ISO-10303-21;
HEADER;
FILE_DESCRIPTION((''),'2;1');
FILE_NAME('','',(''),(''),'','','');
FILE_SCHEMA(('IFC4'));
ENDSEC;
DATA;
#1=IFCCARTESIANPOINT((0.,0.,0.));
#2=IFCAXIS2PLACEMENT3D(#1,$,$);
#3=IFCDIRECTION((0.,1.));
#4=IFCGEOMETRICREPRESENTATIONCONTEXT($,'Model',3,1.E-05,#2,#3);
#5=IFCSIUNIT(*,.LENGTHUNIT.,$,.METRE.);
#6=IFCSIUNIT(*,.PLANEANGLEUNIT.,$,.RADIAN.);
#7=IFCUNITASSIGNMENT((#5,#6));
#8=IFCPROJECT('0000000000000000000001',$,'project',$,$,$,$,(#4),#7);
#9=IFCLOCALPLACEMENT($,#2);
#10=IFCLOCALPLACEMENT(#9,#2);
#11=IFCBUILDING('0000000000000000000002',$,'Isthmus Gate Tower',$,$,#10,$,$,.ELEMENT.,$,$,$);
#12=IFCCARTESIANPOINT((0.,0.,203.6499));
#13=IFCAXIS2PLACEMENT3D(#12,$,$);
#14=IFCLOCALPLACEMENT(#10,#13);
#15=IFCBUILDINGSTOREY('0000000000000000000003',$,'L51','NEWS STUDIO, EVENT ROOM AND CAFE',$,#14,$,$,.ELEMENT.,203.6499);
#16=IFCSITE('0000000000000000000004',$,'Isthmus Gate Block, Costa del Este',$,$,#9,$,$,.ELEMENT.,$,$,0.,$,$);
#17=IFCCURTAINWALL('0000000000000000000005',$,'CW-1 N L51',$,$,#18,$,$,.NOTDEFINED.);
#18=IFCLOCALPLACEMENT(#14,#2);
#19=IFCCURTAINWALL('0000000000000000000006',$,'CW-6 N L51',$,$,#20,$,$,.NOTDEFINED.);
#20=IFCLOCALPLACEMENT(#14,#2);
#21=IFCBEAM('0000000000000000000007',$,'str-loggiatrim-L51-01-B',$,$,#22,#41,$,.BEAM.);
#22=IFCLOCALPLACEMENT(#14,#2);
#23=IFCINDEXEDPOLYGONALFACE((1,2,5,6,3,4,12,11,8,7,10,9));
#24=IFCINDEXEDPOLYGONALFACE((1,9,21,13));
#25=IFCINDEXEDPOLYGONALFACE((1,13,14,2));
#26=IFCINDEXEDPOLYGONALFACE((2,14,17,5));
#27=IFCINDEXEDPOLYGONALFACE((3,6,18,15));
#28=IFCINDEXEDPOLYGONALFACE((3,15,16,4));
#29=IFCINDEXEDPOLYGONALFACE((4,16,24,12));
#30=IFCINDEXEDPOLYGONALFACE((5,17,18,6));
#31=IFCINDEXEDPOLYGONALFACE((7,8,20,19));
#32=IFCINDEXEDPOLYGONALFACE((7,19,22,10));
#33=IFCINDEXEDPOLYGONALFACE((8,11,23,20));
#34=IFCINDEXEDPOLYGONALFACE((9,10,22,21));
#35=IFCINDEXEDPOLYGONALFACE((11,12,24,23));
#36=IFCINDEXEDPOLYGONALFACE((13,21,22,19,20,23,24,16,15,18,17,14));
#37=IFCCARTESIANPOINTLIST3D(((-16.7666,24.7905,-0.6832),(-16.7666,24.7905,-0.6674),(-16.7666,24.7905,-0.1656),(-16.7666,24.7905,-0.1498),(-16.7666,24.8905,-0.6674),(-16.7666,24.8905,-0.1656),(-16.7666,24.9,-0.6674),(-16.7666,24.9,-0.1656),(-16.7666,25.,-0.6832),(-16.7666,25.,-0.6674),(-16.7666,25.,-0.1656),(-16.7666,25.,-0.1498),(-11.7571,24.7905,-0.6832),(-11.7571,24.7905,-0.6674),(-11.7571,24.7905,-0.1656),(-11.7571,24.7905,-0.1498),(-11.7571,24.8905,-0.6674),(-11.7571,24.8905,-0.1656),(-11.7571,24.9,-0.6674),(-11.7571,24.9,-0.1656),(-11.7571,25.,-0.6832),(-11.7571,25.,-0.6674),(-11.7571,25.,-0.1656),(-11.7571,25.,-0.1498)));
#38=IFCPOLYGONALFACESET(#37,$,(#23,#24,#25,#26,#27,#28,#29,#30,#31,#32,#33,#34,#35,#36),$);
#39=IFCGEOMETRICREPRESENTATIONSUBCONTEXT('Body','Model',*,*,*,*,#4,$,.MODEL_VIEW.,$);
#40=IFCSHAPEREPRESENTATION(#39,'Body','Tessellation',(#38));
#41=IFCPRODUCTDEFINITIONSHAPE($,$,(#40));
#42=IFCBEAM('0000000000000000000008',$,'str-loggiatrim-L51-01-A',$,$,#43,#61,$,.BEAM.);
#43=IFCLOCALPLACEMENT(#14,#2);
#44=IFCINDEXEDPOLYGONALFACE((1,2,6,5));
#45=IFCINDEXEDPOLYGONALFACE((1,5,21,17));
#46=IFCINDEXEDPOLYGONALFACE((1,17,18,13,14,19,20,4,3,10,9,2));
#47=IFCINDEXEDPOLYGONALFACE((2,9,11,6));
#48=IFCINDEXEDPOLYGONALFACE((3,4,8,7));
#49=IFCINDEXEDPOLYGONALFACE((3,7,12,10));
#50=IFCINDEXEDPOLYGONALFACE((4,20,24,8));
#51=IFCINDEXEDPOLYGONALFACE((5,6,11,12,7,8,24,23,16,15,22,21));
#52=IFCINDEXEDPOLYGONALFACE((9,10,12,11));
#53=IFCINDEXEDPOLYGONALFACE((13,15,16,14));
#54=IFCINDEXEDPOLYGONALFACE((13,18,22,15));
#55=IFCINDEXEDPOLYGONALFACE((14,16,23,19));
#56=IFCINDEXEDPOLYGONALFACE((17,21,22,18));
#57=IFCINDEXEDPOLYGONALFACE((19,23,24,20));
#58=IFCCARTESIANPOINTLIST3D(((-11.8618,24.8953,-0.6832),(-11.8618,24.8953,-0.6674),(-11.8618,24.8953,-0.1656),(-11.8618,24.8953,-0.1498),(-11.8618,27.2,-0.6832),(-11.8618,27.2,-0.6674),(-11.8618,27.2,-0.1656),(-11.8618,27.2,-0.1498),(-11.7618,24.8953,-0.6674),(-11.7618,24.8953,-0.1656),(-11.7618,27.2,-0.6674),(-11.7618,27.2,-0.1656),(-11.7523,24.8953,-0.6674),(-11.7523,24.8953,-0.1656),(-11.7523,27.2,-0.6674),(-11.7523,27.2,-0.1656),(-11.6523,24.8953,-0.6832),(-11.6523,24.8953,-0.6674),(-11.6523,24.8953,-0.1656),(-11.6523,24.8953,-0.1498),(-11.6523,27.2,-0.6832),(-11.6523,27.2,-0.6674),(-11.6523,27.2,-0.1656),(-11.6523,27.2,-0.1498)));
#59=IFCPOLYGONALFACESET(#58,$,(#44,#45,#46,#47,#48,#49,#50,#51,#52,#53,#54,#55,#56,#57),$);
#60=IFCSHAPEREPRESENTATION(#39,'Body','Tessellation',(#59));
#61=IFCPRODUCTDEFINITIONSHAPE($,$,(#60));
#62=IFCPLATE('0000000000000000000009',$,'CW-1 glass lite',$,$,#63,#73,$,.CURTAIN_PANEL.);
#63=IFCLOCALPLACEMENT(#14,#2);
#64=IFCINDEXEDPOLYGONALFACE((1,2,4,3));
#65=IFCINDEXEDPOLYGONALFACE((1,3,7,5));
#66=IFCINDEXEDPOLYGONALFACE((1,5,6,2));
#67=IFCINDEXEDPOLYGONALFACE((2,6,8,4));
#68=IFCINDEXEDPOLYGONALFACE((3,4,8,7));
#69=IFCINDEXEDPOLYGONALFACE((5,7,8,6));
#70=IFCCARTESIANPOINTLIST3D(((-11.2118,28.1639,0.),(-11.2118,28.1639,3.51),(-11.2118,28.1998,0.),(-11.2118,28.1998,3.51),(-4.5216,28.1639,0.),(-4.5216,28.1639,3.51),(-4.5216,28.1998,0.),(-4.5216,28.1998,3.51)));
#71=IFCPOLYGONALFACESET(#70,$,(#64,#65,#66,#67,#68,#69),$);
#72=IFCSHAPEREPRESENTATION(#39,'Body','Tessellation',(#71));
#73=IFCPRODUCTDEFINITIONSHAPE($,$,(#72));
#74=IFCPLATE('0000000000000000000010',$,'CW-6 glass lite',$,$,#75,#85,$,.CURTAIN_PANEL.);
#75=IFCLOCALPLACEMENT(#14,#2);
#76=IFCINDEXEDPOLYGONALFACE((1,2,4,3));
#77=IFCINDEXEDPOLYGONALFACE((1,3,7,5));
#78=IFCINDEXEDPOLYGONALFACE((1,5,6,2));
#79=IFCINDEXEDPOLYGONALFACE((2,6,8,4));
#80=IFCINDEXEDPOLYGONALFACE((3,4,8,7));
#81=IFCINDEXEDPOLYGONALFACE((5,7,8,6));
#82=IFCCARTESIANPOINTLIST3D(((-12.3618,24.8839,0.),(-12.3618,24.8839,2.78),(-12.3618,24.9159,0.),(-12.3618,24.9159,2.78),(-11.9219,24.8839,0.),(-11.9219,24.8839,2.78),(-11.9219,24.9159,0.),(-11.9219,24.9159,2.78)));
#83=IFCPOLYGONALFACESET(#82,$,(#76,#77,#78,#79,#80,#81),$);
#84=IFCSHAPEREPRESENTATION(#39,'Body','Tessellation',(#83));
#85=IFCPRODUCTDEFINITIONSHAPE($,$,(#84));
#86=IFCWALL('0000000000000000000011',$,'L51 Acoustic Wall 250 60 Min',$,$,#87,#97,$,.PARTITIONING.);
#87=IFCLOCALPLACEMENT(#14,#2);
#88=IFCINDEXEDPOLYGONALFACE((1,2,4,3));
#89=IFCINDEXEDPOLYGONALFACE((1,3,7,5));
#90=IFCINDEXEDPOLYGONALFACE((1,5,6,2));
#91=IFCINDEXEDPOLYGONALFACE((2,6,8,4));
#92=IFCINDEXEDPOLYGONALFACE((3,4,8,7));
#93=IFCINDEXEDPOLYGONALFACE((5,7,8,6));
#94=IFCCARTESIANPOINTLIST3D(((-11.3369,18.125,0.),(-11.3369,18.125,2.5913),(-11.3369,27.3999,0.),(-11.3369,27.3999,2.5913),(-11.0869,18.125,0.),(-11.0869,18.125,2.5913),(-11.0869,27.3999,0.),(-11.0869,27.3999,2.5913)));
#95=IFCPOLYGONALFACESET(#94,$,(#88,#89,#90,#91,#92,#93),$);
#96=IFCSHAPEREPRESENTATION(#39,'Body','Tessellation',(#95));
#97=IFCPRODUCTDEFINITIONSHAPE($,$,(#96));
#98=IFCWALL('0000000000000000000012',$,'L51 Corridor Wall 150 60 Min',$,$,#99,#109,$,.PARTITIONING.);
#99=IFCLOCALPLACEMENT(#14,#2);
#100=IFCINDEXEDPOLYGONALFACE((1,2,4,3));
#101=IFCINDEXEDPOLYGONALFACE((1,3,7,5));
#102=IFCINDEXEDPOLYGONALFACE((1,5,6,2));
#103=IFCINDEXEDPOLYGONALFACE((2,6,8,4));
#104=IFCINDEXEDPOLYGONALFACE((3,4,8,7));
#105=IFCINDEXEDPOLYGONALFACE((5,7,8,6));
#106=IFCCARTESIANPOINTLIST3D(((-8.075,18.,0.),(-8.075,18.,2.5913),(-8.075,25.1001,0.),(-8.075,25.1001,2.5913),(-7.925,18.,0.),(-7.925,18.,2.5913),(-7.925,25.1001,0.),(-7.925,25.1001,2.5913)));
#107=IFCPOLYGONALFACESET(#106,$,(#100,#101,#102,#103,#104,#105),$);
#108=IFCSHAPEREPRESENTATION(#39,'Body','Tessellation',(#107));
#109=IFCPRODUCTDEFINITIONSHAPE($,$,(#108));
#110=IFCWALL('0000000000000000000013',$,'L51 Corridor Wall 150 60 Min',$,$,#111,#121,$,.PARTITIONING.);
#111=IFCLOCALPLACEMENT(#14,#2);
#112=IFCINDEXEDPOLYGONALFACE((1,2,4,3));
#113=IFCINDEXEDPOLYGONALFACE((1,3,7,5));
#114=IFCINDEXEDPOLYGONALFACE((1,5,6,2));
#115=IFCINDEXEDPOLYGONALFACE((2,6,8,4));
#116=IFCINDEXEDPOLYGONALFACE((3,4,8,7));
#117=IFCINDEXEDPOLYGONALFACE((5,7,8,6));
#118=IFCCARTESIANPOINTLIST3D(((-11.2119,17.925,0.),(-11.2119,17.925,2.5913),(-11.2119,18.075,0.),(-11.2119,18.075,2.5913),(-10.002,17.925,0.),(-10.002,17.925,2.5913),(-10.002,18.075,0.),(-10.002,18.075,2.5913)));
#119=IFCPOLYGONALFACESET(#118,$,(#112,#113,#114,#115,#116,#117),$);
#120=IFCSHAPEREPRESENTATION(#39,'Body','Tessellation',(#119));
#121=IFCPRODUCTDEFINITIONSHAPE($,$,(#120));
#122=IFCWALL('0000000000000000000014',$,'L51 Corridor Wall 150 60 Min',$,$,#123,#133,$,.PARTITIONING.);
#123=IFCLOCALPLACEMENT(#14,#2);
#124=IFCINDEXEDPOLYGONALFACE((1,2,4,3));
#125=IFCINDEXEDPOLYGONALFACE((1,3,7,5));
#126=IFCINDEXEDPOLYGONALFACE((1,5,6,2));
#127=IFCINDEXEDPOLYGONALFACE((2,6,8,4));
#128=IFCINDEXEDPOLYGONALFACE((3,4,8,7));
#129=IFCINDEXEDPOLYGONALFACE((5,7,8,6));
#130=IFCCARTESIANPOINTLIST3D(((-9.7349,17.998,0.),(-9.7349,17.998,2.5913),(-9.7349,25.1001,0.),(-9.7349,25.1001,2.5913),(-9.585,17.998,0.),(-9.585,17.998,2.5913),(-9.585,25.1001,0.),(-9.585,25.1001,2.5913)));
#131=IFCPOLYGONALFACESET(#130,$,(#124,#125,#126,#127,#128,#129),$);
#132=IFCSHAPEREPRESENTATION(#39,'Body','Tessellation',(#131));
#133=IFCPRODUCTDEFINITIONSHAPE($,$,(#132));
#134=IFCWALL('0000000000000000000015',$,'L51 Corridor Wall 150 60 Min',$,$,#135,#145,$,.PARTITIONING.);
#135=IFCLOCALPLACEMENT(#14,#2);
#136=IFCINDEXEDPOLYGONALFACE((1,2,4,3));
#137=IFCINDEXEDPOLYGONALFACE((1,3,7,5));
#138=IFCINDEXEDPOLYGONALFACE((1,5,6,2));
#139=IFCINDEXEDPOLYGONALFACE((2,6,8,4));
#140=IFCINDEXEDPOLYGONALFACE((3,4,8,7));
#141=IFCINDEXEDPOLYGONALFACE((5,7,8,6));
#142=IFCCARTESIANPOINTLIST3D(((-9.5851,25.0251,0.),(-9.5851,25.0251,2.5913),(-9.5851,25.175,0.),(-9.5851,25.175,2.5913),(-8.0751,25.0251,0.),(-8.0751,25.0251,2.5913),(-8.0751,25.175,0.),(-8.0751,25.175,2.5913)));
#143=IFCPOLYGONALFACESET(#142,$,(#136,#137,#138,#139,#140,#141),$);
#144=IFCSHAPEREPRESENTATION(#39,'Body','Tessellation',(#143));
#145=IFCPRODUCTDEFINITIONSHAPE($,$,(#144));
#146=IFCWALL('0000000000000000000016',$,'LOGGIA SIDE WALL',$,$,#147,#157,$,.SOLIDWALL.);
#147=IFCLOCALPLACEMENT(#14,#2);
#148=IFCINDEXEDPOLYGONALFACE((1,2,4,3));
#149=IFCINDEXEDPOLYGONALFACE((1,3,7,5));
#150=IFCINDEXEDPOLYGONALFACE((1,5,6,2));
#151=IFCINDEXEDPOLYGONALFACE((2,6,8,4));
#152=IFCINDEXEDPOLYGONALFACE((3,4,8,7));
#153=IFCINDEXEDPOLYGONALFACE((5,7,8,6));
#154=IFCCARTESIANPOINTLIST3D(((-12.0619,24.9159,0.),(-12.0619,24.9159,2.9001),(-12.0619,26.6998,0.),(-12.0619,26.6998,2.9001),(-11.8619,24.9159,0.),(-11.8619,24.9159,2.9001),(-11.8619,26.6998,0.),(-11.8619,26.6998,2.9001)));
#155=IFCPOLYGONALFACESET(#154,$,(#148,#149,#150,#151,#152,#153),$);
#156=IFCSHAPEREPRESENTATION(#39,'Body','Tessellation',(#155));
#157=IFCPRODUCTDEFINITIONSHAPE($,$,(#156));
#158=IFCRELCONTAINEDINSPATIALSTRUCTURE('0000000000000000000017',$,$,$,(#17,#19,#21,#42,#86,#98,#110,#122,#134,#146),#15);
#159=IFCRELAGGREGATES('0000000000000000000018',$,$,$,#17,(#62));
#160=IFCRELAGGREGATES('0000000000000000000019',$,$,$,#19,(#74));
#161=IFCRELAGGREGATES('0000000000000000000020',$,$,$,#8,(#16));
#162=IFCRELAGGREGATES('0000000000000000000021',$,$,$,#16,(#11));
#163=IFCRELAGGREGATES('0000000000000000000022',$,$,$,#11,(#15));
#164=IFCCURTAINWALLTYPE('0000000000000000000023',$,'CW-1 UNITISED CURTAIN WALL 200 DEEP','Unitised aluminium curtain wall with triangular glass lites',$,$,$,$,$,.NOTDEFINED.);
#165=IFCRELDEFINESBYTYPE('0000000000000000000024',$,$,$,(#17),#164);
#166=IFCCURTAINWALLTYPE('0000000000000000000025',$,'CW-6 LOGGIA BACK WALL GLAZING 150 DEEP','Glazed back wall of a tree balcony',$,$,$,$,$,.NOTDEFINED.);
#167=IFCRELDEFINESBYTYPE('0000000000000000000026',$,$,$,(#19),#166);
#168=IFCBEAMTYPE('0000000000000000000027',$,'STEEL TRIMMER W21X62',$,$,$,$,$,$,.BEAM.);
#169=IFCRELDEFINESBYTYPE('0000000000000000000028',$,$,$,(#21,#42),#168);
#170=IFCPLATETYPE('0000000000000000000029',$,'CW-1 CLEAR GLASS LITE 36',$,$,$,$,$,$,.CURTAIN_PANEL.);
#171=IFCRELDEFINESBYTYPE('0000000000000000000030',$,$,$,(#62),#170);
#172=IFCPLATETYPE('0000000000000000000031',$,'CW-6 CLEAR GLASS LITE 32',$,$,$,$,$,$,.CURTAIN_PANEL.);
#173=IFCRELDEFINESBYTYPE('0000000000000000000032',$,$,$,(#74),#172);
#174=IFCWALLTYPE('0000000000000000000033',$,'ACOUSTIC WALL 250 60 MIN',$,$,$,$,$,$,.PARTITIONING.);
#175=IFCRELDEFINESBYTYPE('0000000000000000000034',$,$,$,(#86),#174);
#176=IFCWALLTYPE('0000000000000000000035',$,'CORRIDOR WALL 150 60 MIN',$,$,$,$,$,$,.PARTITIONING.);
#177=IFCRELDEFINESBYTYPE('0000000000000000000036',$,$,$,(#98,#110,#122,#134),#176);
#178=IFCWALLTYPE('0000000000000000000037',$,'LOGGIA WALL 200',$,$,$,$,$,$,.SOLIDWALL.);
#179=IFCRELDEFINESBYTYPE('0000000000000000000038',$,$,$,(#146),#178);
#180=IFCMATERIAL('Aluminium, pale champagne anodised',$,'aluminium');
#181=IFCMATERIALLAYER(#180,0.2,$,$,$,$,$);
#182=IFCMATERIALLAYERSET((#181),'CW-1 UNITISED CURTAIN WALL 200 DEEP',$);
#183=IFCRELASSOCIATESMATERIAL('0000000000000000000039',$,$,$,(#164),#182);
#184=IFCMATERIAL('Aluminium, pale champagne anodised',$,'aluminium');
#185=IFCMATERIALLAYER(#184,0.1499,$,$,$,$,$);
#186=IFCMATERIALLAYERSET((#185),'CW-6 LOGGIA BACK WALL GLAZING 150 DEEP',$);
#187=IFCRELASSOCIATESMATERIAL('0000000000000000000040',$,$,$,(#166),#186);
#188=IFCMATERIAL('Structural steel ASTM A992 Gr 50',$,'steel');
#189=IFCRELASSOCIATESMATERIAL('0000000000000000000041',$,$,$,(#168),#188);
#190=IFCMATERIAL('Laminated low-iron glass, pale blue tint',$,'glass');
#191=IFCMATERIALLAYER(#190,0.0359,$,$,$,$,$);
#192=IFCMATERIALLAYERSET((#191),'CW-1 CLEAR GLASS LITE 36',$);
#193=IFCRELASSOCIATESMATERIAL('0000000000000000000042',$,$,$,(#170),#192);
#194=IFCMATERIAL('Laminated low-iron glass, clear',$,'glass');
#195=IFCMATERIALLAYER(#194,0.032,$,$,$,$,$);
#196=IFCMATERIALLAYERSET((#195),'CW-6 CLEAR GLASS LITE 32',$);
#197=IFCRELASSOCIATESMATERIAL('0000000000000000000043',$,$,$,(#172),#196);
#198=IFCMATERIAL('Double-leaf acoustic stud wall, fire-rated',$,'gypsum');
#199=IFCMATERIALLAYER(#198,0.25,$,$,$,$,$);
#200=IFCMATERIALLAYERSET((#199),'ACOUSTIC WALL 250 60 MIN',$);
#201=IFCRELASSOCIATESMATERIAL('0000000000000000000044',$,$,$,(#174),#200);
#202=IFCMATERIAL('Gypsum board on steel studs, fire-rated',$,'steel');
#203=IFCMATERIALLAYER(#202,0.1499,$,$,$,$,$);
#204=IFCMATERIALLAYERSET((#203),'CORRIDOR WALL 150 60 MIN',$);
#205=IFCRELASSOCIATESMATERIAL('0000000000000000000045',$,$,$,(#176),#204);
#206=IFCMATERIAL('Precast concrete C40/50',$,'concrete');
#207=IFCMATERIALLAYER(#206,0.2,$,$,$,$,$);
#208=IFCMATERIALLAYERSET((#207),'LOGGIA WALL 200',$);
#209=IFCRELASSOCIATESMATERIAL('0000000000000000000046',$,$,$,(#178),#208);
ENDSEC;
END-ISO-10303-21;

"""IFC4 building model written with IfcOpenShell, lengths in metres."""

from ifc_helpers import new_model, si_unit, direction, frame, frame_2d, origin, origin_2d, place, context, subcontext, project, spatial, rectangle, i_section, extrude, material, layer, layer_set, material_profile, profile_set, type_object, element, aggregate, save


model = new_model("IFC4")

# Units and contexts
model_context = context("Model", 3, precision=1e-05, world=origin(), true_north=direction((0.0, 1.0)))
body_context = subcontext(model_context, "Body", "Model", "MODEL_VIEW")
ifc_project = project(units=[si_unit("LENGTHUNIT", "METRE"), si_unit("PLANEANGLEUNIT", "RADIAN")], contexts=[model_context])

# Site, building, storey
site_placement = place(None, origin())
site = spatial("IfcSite", under=ifc_project, at=site_placement, Name="Isthmus Gate Block, Costa del Este", CompositionType="ELEMENT", RefElevation=0.0)
building_placement = place(site_placement, origin())
building = spatial("IfcBuilding", under=site, at=building_placement, Name="Isthmus Gate Tower", CompositionType="ELEMENT")
storey_placement = place(building_placement, frame((0.0, 0.0, 203.6499)))
storey = spatial("IfcBuildingStorey", under=building, at=storey_placement, Name="L51", Description="NEWS STUDIO, EVENT ROOM AND CAFE", CompositionType="ELEMENT", Elevation=203.6499)

# Curtain walls
ifc_material_1 = material(Name="Aluminium, pale champagne anodised", Category="aluminium")
ifc_layer_1 = layer(ifc_material_1, 0.2)
ifc_layer_set_1 = layer_set([ifc_layer_1], Name="CW-1 UNITISED CURTAIN WALL 200 DEEP")
curtain_wall_type_1 = type_object("IfcCurtainWallType", Name="CW-1 UNITISED CURTAIN WALL 200 DEEP", Description="Unitised aluminium curtain wall with triangular glass lites", PredefinedType="NOTDEFINED", material=ifc_layer_set_1)
curtain_wall_1_placement = place(storey_placement, origin())
curtain_wall_1 = element("IfcCurtainWall", 1, at=curtain_wall_1_placement, inside=storey, type_object=curtain_wall_type_1, Name="CW-1 N L51", PredefinedType="NOTDEFINED")
ifc_material_2 = material(Name="Aluminium, pale champagne anodised", Category="aluminium")
ifc_layer_2 = layer(ifc_material_2, 0.1499)
ifc_layer_set_2 = layer_set([ifc_layer_2], Name="CW-6 LOGGIA BACK WALL GLAZING 150 DEEP")
curtain_wall_type_2 = type_object("IfcCurtainWallType", Name="CW-6 LOGGIA BACK WALL GLAZING 150 DEEP", Description="Glazed back wall of a tree balcony", PredefinedType="NOTDEFINED", material=ifc_layer_set_2)
curtain_wall_2_placement = place(storey_placement, origin())
curtain_wall_2 = element("IfcCurtainWall", 2, at=curtain_wall_2_placement, inside=storey, type_object=curtain_wall_type_2, Name="CW-6 N L51", PredefinedType="NOTDEFINED")

# Beams
ifc_material_3 = material(Name="Structural steel ASTM A992 Gr 50", Category="steel")
ifc_material_profile_1 = material_profile(ifc_material_3, i_section(OverallWidth=0.2095, OverallDepth=0.5334, WebThickness=0.0095, FlangeThickness=0.0159, at=origin_2d()), Name="W21X62")
ifc_profile_set_1 = profile_set([ifc_material_profile_1], Name="Structural steel ASTM A992 Gr 50")
beam_type_1 = type_object("IfcBeamType", Name="STEEL TRIMMER W21X62", PredefinedType="BEAM", material=ifc_profile_set_1)
beam_1_placement = place(storey_placement, frame((-11.7571, 24.8953, -0.4165), z_axis=(-1.0, 0.0, 0.0), x_axis=(0.0, -1.0, 0.0)))
element("IfcBeam", 3, at=beam_1_placement, inside=storey, type_object=beam_type_1, Name="str-loggiatrim-L51-01-B", PredefinedType="BEAM", context=body_context, shape_type="SweptSolid", body=[
    extrude(i_section(OverallWidth=0.2095, OverallDepth=0.5334, WebThickness=0.0095, FlangeThickness=0.0159, at=origin_2d()), origin(), (0.0, 0.0, 1.0), 5.0095),
])
beam_2_placement = place(storey_placement, frame((-11.7571, 27.2, -0.4165), z_axis=(0.0, -1.0, 0.0), x_axis=(1.0, 0.0, 0.0)))
element("IfcBeam", 4, at=beam_2_placement, inside=storey, type_object=beam_type_1, Name="str-loggiatrim-L51-01-A", PredefinedType="BEAM", context=body_context, shape_type="SweptSolid", body=[
    extrude(i_section(OverallWidth=0.2095, OverallDepth=0.5334, WebThickness=0.0095, FlangeThickness=0.0159, at=origin_2d()), origin(), (0.0, 0.0, 1.0), 2.3047),
])

# Plates
ifc_material_4 = material(Name="Laminated low-iron glass, pale blue tint", Category="glass")
ifc_layer_3 = layer(ifc_material_4, 0.0359)
ifc_layer_set_3 = layer_set([ifc_layer_3], Name="CW-1 CLEAR GLASS LITE 36")
plate_type_1 = type_object("IfcPlateType", Name="CW-1 CLEAR GLASS LITE 36", PredefinedType="CURTAIN_PANEL", material=ifc_layer_set_3)
plate_1_placement = place(storey_placement, frame((-7.8667, 28.1819, 0.0), z_axis=(0.0, 0.0, 1.0), x_axis=(-1.0, 0.0, 0.0)))
plate_1 = element("IfcPlate", 5, at=plate_1_placement, type_object=plate_type_1, Name="CW-1 glass lite", PredefinedType="CURTAIN_PANEL", context=body_context, shape_type="SweptSolid", body=[
    extrude(rectangle(XDim=6.6902, YDim=0.0359, at=origin_2d()), origin(), (0.0, 0.0, 1.0), 3.51),
])
aggregate(curtain_wall_1, [plate_1])
ifc_material_5 = material(Name="Laminated low-iron glass, clear", Category="glass")
ifc_layer_4 = layer(ifc_material_5, 0.032)
ifc_layer_set_4 = layer_set([ifc_layer_4], Name="CW-6 CLEAR GLASS LITE 32")
plate_type_2 = type_object("IfcPlateType", Name="CW-6 CLEAR GLASS LITE 32", PredefinedType="CURTAIN_PANEL", material=ifc_layer_set_4)
plate_2_placement = place(storey_placement, frame((-12.1418, 24.8999, 0.0), z_axis=(0.0, 0.0, 1.0), x_axis=(-1.0, 0.0, 0.0)))
plate_2 = element("IfcPlate", 6, at=plate_2_placement, type_object=plate_type_2, Name="CW-6 glass lite", PredefinedType="CURTAIN_PANEL", context=body_context, shape_type="SweptSolid", body=[
    extrude(rectangle(XDim=0.4399, YDim=0.032, at=origin_2d()), origin(), (0.0, 0.0, 1.0), 2.78),
])
aggregate(curtain_wall_2, [plate_2])

# Walls
ifc_material_6 = material(Name="Double-leaf acoustic stud wall, fire-rated", Category="gypsum")
ifc_layer_5 = layer(ifc_material_6, 0.25)
ifc_layer_set_5 = layer_set([ifc_layer_5], Name="ACOUSTIC WALL 250 60 MIN")
wall_type_1 = type_object("IfcWallType", Name="ACOUSTIC WALL 250 60 MIN", PredefinedType="PARTITIONING", material=ifc_layer_set_5)
wall_1_placement = place(storey_placement, frame((-11.2119, 18.125, 0.0), z_axis=(0.0, 0.0, 1.0), x_axis=(0.0, 1.0, 0.0)))
element("IfcWall", 7, at=wall_1_placement, inside=storey, type_object=wall_type_1, Name="L51 Acoustic Wall 250 60 Min", PredefinedType="PARTITIONING", context=body_context, shape_type="SweptSolid", body=[
    extrude(rectangle(XDim=9.2749, YDim=0.25, at=frame_2d((4.6375, 0.0))), origin(), (0.0, 0.0, 1.0), 2.5913),
])
ifc_material_7 = material(Name="Gypsum board on steel studs, fire-rated", Category="steel")
ifc_layer_6 = layer(ifc_material_7, 0.1499)
ifc_layer_set_6 = layer_set([ifc_layer_6], Name="CORRIDOR WALL 150 60 MIN")
wall_type_2 = type_object("IfcWallType", Name="CORRIDOR WALL 150 60 MIN", PredefinedType="PARTITIONING", material=ifc_layer_set_6)
wall_2_placement = place(storey_placement, frame((-8.0, 25.1001, 0.0), z_axis=(0.0, 0.0, 1.0), x_axis=(0.0, -1.0, 0.0)))
element("IfcWall", 8, at=wall_2_placement, inside=storey, type_object=wall_type_2, Name="L51 Corridor Wall 150 60 Min", PredefinedType="PARTITIONING", context=body_context, shape_type="SweptSolid", body=[
    extrude(rectangle(XDim=7.1001, YDim=0.1499, at=frame_2d((3.55, 0.0))), origin(), (0.0, 0.0, 1.0), 2.5913),
])
wall_3_placement = place(storey_placement, frame((-11.2119, 18.0, 0.0), z_axis=(0.0, 0.0, 1.0), x_axis=(1.0, 0.0, 0.0)))
element("IfcWall", 9, at=wall_3_placement, inside=storey, type_object=wall_type_2, Name="L51 Corridor Wall 150 60 Min", PredefinedType="PARTITIONING", context=body_context, shape_type="SweptSolid", body=[
    extrude(rectangle(XDim=1.21, YDim=0.1499, at=frame_2d((0.605, 0.0))), origin(), (0.0, 0.0, 1.0), 2.5913),
])
wall_4_placement = place(storey_placement, frame((-9.6599, 17.998, 0.0), z_axis=(0.0, 0.0, 1.0), x_axis=(0.0, 1.0, 0.0)))
element("IfcWall", 10, at=wall_4_placement, inside=storey, type_object=wall_type_2, Name="L51 Corridor Wall 150 60 Min", PredefinedType="PARTITIONING", context=body_context, shape_type="SweptSolid", body=[
    extrude(rectangle(XDim=7.1021, YDim=0.1499, at=frame_2d((3.551, 0.0))), origin(), (0.0, 0.0, 1.0), 2.5913),
])
wall_5_placement = place(storey_placement, frame((-9.585, 25.1001, 0.0), z_axis=(0.0, 0.0, 1.0), x_axis=(1.0, 0.0, 0.0)))
element("IfcWall", 11, at=wall_5_placement, inside=storey, type_object=wall_type_2, Name="L51 Corridor Wall 150 60 Min", PredefinedType="PARTITIONING", context=body_context, shape_type="SweptSolid", body=[
    extrude(rectangle(XDim=1.51, YDim=0.1499, at=frame_2d((0.7549, 0.0))), origin(), (0.0, 0.0, 1.0), 2.5913),
])

# Shared definitions
ifc_material_8 = material(Name="Precast concrete C40/50", Category="concrete")
ifc_layer_7 = layer(ifc_material_8, 0.2)
ifc_layer_set_7 = layer_set([ifc_layer_7], Name="LOGGIA WALL 200")
wall_type_3 = type_object("IfcWallType", Name="LOGGIA WALL 200", PredefinedType="SOLIDWALL", material=ifc_layer_set_7)

# Wall
wall_6_placement = place(storey_placement, frame((-11.9619, 26.7, 0.0), z_axis=(0.0, 0.0, 1.0), x_axis=(0.0, -1.0, 0.0)))
element("IfcWall", 12, at=wall_6_placement, inside=storey, type_object=wall_type_3, Name="LOGGIA SIDE WALL", PredefinedType="SOLIDWALL", context=body_context, shape_type="SweptSolid", body=[
    extrude(rectangle(XDim=1.7839, YDim=0.2, at=frame_2d((0.8921, 0.0))), origin(), (0.0, 0.0, 1.0), 2.9001),
])

save(model, "model.ifc")
